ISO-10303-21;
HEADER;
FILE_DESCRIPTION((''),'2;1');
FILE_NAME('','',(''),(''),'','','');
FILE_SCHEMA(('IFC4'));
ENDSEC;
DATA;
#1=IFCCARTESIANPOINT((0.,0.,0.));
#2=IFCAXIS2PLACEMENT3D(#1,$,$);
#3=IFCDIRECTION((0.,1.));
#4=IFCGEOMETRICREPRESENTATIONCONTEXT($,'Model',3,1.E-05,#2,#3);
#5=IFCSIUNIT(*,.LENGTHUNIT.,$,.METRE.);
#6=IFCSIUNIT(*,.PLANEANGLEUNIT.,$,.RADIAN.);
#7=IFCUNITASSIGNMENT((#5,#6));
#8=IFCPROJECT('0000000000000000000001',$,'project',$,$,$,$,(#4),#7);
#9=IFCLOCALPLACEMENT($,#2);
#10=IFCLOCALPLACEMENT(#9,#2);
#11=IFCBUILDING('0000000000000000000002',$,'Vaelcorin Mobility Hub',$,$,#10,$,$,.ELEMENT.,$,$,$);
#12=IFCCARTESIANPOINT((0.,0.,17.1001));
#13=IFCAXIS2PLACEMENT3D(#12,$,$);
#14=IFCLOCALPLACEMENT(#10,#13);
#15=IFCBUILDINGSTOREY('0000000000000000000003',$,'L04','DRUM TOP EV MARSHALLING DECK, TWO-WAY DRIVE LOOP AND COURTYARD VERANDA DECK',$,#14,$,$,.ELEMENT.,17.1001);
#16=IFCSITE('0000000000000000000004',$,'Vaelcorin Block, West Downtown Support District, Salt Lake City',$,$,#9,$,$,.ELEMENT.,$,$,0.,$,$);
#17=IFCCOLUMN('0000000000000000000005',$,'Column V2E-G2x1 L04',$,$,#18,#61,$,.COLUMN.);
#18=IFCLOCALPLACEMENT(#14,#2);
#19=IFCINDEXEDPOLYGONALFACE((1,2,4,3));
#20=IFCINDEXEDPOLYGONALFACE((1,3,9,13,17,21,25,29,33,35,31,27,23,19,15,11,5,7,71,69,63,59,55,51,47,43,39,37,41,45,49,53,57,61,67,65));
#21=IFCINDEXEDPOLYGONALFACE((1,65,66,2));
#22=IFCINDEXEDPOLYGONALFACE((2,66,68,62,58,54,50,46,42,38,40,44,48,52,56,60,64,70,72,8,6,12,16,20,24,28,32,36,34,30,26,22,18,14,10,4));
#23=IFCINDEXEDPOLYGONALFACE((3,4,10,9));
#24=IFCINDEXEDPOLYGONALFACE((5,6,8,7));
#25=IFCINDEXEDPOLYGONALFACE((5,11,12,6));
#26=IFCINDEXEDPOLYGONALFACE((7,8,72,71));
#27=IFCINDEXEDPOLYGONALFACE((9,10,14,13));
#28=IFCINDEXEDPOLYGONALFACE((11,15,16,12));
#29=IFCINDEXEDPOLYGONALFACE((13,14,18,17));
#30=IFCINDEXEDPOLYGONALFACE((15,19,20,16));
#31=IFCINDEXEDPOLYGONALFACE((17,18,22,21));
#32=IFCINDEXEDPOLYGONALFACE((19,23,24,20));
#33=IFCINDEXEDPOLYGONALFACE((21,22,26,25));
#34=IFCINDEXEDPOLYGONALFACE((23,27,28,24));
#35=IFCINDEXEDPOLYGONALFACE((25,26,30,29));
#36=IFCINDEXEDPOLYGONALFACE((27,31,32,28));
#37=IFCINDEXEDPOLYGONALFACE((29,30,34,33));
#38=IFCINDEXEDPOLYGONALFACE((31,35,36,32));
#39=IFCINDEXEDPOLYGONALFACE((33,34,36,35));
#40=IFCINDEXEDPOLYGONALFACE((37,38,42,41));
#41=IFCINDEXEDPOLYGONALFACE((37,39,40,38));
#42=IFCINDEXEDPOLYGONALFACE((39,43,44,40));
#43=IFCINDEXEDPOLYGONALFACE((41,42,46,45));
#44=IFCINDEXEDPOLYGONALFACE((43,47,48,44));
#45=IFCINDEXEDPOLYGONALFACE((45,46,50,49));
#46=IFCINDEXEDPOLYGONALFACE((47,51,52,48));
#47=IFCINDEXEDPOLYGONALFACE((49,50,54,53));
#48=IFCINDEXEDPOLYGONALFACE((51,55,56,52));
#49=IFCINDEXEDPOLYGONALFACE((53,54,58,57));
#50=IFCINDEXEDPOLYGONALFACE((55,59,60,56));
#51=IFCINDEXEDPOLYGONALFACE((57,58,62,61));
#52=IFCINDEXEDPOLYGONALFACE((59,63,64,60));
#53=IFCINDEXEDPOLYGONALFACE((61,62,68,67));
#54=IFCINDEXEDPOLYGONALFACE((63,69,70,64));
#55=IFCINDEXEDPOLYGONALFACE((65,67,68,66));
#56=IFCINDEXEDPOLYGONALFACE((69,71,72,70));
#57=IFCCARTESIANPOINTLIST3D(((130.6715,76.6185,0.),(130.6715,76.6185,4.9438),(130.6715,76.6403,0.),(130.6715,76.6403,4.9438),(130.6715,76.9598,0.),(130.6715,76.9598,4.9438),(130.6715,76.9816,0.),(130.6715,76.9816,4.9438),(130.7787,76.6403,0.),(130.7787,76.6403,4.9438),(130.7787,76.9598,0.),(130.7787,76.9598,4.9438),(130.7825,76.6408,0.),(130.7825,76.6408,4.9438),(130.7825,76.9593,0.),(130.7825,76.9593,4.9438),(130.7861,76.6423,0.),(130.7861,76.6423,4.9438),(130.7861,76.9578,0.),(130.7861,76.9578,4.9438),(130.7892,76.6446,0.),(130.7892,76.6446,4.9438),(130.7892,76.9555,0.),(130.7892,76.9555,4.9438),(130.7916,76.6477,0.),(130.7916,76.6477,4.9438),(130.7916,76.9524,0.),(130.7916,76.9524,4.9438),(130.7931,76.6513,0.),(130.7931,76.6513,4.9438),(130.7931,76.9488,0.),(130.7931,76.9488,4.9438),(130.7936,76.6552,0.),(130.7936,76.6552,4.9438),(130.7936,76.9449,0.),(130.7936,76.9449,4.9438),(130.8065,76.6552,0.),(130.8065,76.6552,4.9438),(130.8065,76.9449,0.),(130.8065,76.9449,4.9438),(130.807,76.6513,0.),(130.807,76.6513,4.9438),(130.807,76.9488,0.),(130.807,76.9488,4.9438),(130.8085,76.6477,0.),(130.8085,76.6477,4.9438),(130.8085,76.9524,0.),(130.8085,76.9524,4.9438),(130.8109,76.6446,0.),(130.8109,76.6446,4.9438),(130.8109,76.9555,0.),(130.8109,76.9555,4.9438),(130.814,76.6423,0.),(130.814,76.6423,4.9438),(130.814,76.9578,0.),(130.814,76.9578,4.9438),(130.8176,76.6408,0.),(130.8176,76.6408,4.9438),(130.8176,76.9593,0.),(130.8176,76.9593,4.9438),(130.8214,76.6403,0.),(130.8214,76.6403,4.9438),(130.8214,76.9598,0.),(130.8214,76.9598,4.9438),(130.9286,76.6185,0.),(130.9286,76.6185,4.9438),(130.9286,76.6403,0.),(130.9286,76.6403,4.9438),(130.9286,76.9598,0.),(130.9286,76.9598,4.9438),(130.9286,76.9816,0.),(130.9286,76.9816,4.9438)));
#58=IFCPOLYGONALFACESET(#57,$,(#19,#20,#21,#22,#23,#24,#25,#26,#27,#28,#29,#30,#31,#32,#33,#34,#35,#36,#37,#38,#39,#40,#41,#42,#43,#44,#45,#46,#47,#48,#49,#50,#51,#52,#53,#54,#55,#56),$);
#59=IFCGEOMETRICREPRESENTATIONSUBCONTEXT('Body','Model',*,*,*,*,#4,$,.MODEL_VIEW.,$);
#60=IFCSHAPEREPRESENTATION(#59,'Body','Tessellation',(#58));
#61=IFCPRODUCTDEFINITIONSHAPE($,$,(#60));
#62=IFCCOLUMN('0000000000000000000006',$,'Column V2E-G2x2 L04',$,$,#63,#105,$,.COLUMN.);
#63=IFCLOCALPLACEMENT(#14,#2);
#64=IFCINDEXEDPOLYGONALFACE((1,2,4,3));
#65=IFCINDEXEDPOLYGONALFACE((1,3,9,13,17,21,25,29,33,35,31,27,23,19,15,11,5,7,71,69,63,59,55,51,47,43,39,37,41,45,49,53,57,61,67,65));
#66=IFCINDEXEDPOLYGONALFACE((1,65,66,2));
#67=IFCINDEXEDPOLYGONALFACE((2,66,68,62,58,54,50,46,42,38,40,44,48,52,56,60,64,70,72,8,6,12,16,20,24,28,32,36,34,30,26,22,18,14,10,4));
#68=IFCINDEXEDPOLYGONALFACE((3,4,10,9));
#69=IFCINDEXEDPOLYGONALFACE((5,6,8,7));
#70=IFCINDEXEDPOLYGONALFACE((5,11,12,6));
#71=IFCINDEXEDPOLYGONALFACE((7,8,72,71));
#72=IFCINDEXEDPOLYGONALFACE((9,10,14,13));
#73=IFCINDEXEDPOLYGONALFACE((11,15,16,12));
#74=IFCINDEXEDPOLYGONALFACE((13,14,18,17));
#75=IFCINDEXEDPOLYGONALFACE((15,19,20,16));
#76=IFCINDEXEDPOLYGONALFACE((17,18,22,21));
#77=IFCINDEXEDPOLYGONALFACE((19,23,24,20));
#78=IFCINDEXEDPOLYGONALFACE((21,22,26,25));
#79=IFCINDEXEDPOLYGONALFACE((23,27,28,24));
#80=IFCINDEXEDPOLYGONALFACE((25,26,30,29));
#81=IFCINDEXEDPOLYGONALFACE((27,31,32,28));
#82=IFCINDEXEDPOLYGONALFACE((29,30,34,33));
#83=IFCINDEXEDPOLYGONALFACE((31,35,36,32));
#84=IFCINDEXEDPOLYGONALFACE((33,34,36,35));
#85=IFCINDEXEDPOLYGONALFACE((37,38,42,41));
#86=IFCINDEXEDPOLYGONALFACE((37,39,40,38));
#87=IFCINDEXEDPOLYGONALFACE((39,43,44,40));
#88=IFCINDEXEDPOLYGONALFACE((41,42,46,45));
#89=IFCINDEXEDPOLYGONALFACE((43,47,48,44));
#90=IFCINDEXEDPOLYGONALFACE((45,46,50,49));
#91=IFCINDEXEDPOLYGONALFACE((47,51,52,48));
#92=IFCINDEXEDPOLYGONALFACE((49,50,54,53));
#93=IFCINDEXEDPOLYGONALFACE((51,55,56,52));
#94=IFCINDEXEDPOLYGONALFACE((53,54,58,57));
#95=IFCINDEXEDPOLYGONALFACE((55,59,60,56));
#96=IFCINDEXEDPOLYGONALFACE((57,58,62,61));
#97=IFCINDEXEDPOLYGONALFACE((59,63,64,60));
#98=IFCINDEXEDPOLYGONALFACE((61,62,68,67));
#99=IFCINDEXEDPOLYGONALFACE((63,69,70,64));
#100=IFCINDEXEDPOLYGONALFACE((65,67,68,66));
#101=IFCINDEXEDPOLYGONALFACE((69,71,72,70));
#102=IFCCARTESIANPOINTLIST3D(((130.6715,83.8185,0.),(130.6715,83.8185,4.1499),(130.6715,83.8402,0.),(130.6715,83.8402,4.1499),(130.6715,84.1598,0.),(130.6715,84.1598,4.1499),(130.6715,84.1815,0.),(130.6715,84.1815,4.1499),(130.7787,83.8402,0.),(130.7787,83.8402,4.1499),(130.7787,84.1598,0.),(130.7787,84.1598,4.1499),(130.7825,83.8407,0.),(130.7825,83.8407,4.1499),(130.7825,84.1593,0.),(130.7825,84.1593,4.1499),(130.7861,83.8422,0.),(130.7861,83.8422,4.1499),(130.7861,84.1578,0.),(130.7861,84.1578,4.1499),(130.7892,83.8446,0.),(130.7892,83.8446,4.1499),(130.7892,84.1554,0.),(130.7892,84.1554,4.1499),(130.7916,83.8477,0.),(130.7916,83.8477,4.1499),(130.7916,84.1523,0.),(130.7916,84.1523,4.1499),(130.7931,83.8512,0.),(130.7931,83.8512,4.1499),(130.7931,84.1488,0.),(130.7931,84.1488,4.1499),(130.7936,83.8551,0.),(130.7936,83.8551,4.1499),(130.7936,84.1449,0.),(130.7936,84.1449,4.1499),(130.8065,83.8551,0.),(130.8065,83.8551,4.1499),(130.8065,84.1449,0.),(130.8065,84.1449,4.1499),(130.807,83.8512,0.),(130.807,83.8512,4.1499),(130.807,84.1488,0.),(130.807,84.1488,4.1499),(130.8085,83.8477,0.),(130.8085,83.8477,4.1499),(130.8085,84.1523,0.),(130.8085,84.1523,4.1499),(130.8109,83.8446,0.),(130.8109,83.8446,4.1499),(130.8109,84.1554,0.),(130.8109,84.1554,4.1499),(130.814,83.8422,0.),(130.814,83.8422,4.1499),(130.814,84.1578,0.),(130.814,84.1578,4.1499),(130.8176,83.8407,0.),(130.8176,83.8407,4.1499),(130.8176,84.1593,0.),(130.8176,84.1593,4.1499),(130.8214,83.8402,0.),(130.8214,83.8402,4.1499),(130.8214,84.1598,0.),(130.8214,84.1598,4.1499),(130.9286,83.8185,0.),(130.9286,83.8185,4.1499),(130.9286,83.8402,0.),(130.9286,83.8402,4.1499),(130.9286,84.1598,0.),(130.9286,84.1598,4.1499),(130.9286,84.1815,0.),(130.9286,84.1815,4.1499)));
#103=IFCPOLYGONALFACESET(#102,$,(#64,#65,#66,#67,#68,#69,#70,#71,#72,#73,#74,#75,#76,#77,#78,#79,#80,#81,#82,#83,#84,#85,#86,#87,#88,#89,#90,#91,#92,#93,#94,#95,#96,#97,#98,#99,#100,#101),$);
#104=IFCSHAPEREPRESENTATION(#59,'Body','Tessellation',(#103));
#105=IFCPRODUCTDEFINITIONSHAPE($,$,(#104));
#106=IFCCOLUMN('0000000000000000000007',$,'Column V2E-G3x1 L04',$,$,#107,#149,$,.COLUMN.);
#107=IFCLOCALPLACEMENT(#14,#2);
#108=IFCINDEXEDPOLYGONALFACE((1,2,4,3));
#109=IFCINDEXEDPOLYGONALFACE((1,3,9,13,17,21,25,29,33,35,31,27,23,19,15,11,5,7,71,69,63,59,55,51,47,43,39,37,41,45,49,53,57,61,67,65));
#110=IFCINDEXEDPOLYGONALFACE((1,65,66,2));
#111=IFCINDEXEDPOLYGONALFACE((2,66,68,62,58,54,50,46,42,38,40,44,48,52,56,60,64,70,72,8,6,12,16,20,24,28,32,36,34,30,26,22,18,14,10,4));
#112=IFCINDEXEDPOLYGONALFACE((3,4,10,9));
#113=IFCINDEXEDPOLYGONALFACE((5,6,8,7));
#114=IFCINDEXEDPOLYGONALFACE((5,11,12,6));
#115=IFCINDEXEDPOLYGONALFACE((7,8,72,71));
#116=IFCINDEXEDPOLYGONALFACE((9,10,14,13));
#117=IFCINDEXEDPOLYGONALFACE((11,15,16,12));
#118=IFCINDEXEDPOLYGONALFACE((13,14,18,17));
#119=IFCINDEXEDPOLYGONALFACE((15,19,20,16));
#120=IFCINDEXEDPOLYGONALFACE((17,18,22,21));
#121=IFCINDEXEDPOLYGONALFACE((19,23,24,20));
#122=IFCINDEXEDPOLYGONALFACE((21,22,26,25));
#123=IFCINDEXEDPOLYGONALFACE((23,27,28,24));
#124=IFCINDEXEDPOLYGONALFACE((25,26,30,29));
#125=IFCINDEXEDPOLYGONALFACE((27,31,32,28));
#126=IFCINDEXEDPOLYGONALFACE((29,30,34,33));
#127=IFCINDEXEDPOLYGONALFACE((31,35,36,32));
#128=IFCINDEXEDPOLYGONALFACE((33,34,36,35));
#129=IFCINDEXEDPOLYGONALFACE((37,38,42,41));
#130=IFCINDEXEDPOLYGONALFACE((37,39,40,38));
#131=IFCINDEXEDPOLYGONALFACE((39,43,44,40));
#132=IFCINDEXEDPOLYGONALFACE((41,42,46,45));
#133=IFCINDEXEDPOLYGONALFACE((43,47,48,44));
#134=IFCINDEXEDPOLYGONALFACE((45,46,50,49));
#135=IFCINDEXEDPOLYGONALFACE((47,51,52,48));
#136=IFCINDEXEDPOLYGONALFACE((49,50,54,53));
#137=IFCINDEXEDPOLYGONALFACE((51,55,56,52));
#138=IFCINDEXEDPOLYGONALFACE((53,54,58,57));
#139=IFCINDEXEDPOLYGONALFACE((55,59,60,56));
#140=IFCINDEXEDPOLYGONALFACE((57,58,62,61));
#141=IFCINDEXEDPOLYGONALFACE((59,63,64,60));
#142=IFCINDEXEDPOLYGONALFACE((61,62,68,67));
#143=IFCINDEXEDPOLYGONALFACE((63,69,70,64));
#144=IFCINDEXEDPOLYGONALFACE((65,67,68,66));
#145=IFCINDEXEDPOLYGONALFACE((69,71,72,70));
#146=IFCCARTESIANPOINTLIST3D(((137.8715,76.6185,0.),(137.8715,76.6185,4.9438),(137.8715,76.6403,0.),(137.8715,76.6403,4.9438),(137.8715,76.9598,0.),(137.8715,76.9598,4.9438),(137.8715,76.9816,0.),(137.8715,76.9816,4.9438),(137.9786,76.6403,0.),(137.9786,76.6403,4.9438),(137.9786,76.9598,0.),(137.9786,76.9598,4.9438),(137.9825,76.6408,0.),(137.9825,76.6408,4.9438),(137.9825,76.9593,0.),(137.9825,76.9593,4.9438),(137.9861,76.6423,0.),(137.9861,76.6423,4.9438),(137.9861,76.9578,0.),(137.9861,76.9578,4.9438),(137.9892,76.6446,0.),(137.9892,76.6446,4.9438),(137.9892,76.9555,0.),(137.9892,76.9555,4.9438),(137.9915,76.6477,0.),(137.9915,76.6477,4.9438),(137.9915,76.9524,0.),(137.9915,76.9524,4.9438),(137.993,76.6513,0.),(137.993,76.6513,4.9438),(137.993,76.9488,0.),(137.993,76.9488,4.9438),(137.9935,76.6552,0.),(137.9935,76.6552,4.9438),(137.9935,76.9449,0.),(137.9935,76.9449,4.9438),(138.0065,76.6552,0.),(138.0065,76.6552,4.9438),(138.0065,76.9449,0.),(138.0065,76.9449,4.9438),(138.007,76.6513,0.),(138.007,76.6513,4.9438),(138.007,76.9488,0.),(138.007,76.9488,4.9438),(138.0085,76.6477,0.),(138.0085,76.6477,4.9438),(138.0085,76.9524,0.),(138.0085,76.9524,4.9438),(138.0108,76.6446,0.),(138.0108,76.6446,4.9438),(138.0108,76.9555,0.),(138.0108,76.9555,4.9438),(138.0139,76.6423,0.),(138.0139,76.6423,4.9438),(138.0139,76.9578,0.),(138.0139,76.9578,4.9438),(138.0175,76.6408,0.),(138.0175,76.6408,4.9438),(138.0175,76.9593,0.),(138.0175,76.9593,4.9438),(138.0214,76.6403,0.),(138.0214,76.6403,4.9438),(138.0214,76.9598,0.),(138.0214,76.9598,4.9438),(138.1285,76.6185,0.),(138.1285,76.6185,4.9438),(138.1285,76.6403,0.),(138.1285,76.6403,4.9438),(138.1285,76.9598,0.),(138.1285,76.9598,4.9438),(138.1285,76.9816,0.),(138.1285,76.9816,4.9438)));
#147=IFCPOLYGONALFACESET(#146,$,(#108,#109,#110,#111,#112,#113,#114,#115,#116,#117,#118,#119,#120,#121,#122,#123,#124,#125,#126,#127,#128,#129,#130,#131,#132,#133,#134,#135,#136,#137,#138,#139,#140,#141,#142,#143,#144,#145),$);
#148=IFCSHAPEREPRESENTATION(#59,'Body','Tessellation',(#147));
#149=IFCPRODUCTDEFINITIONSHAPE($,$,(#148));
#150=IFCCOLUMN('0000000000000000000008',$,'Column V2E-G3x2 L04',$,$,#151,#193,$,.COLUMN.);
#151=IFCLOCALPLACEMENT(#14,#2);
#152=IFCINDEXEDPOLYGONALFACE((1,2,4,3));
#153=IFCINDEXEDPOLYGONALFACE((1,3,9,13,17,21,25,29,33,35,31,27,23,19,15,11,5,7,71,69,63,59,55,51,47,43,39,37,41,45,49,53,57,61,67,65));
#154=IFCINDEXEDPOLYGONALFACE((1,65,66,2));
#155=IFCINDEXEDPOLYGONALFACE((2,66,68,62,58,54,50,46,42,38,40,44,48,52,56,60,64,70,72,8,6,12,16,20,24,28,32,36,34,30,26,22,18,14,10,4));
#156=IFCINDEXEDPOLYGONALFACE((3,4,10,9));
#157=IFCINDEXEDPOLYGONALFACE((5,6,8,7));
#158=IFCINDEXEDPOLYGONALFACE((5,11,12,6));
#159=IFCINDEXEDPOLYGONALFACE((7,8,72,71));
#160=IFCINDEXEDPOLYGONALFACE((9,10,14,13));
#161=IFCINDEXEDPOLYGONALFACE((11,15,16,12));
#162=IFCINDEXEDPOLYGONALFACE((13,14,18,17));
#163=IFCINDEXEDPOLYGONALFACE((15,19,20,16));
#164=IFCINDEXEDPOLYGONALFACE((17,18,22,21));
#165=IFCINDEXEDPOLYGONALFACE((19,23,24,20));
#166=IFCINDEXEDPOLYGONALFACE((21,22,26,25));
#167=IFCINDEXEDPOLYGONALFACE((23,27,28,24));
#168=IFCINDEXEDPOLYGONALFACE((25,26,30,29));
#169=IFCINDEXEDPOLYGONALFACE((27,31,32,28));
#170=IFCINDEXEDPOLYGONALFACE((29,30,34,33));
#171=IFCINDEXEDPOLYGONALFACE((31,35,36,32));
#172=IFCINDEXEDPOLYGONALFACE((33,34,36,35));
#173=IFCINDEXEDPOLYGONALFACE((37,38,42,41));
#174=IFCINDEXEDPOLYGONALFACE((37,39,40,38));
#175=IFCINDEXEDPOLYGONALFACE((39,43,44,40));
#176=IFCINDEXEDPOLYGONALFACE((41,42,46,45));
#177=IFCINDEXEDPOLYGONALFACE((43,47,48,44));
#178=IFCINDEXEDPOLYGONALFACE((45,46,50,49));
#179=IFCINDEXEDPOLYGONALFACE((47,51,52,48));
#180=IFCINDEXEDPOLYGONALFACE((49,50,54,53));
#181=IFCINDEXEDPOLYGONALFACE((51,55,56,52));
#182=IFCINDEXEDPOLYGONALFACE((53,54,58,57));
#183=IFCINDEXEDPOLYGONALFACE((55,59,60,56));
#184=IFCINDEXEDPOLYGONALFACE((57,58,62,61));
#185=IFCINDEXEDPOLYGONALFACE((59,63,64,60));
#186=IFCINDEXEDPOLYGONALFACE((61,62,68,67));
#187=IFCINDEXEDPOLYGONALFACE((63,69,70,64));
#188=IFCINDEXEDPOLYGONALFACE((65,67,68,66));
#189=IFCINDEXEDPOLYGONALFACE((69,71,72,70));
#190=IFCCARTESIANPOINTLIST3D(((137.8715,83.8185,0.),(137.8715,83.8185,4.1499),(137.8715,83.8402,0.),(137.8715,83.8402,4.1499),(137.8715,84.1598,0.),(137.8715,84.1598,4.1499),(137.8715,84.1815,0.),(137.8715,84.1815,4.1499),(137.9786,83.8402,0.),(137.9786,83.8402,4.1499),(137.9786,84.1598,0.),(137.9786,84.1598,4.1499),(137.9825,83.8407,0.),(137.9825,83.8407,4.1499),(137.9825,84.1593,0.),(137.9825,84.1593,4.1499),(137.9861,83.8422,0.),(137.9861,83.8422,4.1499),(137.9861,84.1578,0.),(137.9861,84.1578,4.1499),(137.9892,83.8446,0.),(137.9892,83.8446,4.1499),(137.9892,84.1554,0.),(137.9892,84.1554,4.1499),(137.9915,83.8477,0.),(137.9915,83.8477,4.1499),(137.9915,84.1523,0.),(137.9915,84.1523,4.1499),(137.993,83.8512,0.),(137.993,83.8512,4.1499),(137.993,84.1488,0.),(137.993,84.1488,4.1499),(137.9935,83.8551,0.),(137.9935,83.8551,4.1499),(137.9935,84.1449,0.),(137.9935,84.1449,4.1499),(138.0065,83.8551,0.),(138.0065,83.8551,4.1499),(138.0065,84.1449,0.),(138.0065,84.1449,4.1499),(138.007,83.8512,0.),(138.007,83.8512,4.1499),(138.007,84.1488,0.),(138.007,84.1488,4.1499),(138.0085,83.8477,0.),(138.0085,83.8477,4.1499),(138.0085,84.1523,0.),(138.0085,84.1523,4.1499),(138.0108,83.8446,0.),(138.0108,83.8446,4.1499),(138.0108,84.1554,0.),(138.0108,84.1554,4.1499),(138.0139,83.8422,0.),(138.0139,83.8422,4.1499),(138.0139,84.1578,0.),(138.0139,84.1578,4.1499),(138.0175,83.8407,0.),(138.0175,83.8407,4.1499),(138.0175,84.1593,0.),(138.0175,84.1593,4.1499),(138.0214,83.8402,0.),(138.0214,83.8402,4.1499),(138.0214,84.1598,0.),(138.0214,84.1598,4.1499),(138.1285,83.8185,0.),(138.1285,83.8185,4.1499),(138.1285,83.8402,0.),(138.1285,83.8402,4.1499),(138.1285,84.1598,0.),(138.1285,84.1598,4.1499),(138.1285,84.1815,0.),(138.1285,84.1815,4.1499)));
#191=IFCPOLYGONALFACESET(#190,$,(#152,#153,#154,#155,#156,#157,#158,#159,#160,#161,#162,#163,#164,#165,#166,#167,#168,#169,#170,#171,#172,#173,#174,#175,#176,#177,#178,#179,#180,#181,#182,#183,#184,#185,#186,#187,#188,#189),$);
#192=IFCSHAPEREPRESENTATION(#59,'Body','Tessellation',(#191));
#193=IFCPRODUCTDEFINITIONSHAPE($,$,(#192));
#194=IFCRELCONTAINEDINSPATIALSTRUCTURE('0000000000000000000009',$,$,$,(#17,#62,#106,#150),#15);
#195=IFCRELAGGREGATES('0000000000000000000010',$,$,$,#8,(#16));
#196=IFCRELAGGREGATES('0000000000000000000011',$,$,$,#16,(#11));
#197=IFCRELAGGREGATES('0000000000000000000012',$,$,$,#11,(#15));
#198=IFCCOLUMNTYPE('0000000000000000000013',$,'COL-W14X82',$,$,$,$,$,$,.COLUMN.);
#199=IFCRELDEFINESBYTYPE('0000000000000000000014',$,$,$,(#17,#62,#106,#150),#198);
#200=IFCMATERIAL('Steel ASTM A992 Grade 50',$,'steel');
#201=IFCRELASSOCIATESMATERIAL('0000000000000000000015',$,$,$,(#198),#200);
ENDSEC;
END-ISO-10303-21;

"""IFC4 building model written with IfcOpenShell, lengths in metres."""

from ifc_helpers import new_model, si_unit, direction, frame, origin, origin_2d, place, context, subcontext, project, spatial, i_section, extrude, material, material_profile, profile_set, type_object, element, save


model = new_model("IFC4")

# Units and contexts
model_context = context("Model", 3, precision=1e-05, world=origin(), true_north=direction((0.0, 1.0)))
body_context = subcontext(model_context, "Body", "Model", "MODEL_VIEW")
ifc_project = project(units=[si_unit("LENGTHUNIT", "METRE"), si_unit("PLANEANGLEUNIT", "RADIAN")], contexts=[model_context])

# Site, building, storey
site_placement = place(None, origin())
site = spatial("IfcSite", under=ifc_project, at=site_placement, Name="Vaelcorin Block, West Downtown Support District, Salt Lake City", CompositionType="ELEMENT", RefElevation=0.0)
building_placement = place(site_placement, origin())
building = spatial("IfcBuilding", under=site, at=building_placement, Name="Vaelcorin Mobility Hub", CompositionType="ELEMENT")
storey_placement = place(building_placement, frame((0.0, 0.0, 17.1001)))
storey = spatial("IfcBuildingStorey", under=building, at=storey_placement, Name="L04", Description="DRUM TOP EV MARSHALLING DECK, TWO-WAY DRIVE LOOP AND COURTYARD VERANDA DECK", CompositionType="ELEMENT", Elevation=17.1001)

# Columns
ifc_material_1 = material(Name="Steel ASTM A992 Grade 50", Category="steel")
ifc_material_profile_1 = material_profile(ifc_material_1, i_section(OverallWidth=0.2571, OverallDepth=0.363, WebThickness=0.0129, FlangeThickness=0.0217, FilletRadius=0.0149, at=origin_2d()), Name="W14X82")
ifc_profile_set_1 = profile_set([ifc_material_profile_1], Name="Steel ASTM A992 Grade 50")
column_type = type_object("IfcColumnType", Name="COL-W14X82", PredefinedType="COLUMN", material=ifc_profile_set_1)
column_1_placement = place(storey_placement, frame((130.8, 76.8, 0.0), z_axis=(0.0, 0.0, 1.0), x_axis=(1.0, 0.0, 0.0)))
element("IfcColumn", 1, at=column_1_placement, inside=storey, type_object=column_type, Name="Column V2E-G2x1 L04", PredefinedType="COLUMN", context=body_context, shape_type="SweptSolid", body=[
    extrude(i_section(OverallWidth=0.2571, OverallDepth=0.363, WebThickness=0.0129, FlangeThickness=0.0217, FilletRadius=0.0149, at=origin_2d()), origin(), (0.0, 0.0, 1.0), 4.9438),
])
column_2_placement = place(storey_placement, frame((130.8, 84.0, 0.0), z_axis=(0.0, 0.0, 1.0), x_axis=(1.0, 0.0, 0.0)))
element("IfcColumn", 2, at=column_2_placement, inside=storey, type_object=column_type, Name="Column V2E-G2x2 L04", PredefinedType="COLUMN", context=body_context, shape_type="SweptSolid", body=[
    extrude(i_section(OverallWidth=0.2571, OverallDepth=0.363, WebThickness=0.0129, FlangeThickness=0.0217, FilletRadius=0.0149, at=origin_2d()), origin(), (0.0, 0.0, 1.0), 4.1499),
])
column_3_placement = place(storey_placement, frame((138.0, 76.8, 0.0), z_axis=(0.0, 0.0, 1.0), x_axis=(1.0, 0.0, 0.0)))
element("IfcColumn", 3, at=column_3_placement, inside=storey, type_object=column_type, Name="Column V2E-G3x1 L04", PredefinedType="COLUMN", context=body_context, shape_type="SweptSolid", body=[
    extrude(i_section(OverallWidth=0.2571, OverallDepth=0.363, WebThickness=0.0129, FlangeThickness=0.0217, FilletRadius=0.0149, at=origin_2d()), origin(), (0.0, 0.0, 1.0), 4.9438),
])
column_4_placement = place(storey_placement, frame((138.0, 84.0, 0.0), z_axis=(0.0, 0.0, 1.0), x_axis=(1.0, 0.0, 0.0)))
element("IfcColumn", 4, at=column_4_placement, inside=storey, type_object=column_type, Name="Column V2E-G3x2 L04", PredefinedType="COLUMN", context=body_context, shape_type="SweptSolid", body=[
    extrude(i_section(OverallWidth=0.2571, OverallDepth=0.363, WebThickness=0.0129, FlangeThickness=0.0217, FilletRadius=0.0149, at=origin_2d()), origin(), (0.0, 0.0, 1.0), 4.1499),
])

save(model, "model.ifc")
